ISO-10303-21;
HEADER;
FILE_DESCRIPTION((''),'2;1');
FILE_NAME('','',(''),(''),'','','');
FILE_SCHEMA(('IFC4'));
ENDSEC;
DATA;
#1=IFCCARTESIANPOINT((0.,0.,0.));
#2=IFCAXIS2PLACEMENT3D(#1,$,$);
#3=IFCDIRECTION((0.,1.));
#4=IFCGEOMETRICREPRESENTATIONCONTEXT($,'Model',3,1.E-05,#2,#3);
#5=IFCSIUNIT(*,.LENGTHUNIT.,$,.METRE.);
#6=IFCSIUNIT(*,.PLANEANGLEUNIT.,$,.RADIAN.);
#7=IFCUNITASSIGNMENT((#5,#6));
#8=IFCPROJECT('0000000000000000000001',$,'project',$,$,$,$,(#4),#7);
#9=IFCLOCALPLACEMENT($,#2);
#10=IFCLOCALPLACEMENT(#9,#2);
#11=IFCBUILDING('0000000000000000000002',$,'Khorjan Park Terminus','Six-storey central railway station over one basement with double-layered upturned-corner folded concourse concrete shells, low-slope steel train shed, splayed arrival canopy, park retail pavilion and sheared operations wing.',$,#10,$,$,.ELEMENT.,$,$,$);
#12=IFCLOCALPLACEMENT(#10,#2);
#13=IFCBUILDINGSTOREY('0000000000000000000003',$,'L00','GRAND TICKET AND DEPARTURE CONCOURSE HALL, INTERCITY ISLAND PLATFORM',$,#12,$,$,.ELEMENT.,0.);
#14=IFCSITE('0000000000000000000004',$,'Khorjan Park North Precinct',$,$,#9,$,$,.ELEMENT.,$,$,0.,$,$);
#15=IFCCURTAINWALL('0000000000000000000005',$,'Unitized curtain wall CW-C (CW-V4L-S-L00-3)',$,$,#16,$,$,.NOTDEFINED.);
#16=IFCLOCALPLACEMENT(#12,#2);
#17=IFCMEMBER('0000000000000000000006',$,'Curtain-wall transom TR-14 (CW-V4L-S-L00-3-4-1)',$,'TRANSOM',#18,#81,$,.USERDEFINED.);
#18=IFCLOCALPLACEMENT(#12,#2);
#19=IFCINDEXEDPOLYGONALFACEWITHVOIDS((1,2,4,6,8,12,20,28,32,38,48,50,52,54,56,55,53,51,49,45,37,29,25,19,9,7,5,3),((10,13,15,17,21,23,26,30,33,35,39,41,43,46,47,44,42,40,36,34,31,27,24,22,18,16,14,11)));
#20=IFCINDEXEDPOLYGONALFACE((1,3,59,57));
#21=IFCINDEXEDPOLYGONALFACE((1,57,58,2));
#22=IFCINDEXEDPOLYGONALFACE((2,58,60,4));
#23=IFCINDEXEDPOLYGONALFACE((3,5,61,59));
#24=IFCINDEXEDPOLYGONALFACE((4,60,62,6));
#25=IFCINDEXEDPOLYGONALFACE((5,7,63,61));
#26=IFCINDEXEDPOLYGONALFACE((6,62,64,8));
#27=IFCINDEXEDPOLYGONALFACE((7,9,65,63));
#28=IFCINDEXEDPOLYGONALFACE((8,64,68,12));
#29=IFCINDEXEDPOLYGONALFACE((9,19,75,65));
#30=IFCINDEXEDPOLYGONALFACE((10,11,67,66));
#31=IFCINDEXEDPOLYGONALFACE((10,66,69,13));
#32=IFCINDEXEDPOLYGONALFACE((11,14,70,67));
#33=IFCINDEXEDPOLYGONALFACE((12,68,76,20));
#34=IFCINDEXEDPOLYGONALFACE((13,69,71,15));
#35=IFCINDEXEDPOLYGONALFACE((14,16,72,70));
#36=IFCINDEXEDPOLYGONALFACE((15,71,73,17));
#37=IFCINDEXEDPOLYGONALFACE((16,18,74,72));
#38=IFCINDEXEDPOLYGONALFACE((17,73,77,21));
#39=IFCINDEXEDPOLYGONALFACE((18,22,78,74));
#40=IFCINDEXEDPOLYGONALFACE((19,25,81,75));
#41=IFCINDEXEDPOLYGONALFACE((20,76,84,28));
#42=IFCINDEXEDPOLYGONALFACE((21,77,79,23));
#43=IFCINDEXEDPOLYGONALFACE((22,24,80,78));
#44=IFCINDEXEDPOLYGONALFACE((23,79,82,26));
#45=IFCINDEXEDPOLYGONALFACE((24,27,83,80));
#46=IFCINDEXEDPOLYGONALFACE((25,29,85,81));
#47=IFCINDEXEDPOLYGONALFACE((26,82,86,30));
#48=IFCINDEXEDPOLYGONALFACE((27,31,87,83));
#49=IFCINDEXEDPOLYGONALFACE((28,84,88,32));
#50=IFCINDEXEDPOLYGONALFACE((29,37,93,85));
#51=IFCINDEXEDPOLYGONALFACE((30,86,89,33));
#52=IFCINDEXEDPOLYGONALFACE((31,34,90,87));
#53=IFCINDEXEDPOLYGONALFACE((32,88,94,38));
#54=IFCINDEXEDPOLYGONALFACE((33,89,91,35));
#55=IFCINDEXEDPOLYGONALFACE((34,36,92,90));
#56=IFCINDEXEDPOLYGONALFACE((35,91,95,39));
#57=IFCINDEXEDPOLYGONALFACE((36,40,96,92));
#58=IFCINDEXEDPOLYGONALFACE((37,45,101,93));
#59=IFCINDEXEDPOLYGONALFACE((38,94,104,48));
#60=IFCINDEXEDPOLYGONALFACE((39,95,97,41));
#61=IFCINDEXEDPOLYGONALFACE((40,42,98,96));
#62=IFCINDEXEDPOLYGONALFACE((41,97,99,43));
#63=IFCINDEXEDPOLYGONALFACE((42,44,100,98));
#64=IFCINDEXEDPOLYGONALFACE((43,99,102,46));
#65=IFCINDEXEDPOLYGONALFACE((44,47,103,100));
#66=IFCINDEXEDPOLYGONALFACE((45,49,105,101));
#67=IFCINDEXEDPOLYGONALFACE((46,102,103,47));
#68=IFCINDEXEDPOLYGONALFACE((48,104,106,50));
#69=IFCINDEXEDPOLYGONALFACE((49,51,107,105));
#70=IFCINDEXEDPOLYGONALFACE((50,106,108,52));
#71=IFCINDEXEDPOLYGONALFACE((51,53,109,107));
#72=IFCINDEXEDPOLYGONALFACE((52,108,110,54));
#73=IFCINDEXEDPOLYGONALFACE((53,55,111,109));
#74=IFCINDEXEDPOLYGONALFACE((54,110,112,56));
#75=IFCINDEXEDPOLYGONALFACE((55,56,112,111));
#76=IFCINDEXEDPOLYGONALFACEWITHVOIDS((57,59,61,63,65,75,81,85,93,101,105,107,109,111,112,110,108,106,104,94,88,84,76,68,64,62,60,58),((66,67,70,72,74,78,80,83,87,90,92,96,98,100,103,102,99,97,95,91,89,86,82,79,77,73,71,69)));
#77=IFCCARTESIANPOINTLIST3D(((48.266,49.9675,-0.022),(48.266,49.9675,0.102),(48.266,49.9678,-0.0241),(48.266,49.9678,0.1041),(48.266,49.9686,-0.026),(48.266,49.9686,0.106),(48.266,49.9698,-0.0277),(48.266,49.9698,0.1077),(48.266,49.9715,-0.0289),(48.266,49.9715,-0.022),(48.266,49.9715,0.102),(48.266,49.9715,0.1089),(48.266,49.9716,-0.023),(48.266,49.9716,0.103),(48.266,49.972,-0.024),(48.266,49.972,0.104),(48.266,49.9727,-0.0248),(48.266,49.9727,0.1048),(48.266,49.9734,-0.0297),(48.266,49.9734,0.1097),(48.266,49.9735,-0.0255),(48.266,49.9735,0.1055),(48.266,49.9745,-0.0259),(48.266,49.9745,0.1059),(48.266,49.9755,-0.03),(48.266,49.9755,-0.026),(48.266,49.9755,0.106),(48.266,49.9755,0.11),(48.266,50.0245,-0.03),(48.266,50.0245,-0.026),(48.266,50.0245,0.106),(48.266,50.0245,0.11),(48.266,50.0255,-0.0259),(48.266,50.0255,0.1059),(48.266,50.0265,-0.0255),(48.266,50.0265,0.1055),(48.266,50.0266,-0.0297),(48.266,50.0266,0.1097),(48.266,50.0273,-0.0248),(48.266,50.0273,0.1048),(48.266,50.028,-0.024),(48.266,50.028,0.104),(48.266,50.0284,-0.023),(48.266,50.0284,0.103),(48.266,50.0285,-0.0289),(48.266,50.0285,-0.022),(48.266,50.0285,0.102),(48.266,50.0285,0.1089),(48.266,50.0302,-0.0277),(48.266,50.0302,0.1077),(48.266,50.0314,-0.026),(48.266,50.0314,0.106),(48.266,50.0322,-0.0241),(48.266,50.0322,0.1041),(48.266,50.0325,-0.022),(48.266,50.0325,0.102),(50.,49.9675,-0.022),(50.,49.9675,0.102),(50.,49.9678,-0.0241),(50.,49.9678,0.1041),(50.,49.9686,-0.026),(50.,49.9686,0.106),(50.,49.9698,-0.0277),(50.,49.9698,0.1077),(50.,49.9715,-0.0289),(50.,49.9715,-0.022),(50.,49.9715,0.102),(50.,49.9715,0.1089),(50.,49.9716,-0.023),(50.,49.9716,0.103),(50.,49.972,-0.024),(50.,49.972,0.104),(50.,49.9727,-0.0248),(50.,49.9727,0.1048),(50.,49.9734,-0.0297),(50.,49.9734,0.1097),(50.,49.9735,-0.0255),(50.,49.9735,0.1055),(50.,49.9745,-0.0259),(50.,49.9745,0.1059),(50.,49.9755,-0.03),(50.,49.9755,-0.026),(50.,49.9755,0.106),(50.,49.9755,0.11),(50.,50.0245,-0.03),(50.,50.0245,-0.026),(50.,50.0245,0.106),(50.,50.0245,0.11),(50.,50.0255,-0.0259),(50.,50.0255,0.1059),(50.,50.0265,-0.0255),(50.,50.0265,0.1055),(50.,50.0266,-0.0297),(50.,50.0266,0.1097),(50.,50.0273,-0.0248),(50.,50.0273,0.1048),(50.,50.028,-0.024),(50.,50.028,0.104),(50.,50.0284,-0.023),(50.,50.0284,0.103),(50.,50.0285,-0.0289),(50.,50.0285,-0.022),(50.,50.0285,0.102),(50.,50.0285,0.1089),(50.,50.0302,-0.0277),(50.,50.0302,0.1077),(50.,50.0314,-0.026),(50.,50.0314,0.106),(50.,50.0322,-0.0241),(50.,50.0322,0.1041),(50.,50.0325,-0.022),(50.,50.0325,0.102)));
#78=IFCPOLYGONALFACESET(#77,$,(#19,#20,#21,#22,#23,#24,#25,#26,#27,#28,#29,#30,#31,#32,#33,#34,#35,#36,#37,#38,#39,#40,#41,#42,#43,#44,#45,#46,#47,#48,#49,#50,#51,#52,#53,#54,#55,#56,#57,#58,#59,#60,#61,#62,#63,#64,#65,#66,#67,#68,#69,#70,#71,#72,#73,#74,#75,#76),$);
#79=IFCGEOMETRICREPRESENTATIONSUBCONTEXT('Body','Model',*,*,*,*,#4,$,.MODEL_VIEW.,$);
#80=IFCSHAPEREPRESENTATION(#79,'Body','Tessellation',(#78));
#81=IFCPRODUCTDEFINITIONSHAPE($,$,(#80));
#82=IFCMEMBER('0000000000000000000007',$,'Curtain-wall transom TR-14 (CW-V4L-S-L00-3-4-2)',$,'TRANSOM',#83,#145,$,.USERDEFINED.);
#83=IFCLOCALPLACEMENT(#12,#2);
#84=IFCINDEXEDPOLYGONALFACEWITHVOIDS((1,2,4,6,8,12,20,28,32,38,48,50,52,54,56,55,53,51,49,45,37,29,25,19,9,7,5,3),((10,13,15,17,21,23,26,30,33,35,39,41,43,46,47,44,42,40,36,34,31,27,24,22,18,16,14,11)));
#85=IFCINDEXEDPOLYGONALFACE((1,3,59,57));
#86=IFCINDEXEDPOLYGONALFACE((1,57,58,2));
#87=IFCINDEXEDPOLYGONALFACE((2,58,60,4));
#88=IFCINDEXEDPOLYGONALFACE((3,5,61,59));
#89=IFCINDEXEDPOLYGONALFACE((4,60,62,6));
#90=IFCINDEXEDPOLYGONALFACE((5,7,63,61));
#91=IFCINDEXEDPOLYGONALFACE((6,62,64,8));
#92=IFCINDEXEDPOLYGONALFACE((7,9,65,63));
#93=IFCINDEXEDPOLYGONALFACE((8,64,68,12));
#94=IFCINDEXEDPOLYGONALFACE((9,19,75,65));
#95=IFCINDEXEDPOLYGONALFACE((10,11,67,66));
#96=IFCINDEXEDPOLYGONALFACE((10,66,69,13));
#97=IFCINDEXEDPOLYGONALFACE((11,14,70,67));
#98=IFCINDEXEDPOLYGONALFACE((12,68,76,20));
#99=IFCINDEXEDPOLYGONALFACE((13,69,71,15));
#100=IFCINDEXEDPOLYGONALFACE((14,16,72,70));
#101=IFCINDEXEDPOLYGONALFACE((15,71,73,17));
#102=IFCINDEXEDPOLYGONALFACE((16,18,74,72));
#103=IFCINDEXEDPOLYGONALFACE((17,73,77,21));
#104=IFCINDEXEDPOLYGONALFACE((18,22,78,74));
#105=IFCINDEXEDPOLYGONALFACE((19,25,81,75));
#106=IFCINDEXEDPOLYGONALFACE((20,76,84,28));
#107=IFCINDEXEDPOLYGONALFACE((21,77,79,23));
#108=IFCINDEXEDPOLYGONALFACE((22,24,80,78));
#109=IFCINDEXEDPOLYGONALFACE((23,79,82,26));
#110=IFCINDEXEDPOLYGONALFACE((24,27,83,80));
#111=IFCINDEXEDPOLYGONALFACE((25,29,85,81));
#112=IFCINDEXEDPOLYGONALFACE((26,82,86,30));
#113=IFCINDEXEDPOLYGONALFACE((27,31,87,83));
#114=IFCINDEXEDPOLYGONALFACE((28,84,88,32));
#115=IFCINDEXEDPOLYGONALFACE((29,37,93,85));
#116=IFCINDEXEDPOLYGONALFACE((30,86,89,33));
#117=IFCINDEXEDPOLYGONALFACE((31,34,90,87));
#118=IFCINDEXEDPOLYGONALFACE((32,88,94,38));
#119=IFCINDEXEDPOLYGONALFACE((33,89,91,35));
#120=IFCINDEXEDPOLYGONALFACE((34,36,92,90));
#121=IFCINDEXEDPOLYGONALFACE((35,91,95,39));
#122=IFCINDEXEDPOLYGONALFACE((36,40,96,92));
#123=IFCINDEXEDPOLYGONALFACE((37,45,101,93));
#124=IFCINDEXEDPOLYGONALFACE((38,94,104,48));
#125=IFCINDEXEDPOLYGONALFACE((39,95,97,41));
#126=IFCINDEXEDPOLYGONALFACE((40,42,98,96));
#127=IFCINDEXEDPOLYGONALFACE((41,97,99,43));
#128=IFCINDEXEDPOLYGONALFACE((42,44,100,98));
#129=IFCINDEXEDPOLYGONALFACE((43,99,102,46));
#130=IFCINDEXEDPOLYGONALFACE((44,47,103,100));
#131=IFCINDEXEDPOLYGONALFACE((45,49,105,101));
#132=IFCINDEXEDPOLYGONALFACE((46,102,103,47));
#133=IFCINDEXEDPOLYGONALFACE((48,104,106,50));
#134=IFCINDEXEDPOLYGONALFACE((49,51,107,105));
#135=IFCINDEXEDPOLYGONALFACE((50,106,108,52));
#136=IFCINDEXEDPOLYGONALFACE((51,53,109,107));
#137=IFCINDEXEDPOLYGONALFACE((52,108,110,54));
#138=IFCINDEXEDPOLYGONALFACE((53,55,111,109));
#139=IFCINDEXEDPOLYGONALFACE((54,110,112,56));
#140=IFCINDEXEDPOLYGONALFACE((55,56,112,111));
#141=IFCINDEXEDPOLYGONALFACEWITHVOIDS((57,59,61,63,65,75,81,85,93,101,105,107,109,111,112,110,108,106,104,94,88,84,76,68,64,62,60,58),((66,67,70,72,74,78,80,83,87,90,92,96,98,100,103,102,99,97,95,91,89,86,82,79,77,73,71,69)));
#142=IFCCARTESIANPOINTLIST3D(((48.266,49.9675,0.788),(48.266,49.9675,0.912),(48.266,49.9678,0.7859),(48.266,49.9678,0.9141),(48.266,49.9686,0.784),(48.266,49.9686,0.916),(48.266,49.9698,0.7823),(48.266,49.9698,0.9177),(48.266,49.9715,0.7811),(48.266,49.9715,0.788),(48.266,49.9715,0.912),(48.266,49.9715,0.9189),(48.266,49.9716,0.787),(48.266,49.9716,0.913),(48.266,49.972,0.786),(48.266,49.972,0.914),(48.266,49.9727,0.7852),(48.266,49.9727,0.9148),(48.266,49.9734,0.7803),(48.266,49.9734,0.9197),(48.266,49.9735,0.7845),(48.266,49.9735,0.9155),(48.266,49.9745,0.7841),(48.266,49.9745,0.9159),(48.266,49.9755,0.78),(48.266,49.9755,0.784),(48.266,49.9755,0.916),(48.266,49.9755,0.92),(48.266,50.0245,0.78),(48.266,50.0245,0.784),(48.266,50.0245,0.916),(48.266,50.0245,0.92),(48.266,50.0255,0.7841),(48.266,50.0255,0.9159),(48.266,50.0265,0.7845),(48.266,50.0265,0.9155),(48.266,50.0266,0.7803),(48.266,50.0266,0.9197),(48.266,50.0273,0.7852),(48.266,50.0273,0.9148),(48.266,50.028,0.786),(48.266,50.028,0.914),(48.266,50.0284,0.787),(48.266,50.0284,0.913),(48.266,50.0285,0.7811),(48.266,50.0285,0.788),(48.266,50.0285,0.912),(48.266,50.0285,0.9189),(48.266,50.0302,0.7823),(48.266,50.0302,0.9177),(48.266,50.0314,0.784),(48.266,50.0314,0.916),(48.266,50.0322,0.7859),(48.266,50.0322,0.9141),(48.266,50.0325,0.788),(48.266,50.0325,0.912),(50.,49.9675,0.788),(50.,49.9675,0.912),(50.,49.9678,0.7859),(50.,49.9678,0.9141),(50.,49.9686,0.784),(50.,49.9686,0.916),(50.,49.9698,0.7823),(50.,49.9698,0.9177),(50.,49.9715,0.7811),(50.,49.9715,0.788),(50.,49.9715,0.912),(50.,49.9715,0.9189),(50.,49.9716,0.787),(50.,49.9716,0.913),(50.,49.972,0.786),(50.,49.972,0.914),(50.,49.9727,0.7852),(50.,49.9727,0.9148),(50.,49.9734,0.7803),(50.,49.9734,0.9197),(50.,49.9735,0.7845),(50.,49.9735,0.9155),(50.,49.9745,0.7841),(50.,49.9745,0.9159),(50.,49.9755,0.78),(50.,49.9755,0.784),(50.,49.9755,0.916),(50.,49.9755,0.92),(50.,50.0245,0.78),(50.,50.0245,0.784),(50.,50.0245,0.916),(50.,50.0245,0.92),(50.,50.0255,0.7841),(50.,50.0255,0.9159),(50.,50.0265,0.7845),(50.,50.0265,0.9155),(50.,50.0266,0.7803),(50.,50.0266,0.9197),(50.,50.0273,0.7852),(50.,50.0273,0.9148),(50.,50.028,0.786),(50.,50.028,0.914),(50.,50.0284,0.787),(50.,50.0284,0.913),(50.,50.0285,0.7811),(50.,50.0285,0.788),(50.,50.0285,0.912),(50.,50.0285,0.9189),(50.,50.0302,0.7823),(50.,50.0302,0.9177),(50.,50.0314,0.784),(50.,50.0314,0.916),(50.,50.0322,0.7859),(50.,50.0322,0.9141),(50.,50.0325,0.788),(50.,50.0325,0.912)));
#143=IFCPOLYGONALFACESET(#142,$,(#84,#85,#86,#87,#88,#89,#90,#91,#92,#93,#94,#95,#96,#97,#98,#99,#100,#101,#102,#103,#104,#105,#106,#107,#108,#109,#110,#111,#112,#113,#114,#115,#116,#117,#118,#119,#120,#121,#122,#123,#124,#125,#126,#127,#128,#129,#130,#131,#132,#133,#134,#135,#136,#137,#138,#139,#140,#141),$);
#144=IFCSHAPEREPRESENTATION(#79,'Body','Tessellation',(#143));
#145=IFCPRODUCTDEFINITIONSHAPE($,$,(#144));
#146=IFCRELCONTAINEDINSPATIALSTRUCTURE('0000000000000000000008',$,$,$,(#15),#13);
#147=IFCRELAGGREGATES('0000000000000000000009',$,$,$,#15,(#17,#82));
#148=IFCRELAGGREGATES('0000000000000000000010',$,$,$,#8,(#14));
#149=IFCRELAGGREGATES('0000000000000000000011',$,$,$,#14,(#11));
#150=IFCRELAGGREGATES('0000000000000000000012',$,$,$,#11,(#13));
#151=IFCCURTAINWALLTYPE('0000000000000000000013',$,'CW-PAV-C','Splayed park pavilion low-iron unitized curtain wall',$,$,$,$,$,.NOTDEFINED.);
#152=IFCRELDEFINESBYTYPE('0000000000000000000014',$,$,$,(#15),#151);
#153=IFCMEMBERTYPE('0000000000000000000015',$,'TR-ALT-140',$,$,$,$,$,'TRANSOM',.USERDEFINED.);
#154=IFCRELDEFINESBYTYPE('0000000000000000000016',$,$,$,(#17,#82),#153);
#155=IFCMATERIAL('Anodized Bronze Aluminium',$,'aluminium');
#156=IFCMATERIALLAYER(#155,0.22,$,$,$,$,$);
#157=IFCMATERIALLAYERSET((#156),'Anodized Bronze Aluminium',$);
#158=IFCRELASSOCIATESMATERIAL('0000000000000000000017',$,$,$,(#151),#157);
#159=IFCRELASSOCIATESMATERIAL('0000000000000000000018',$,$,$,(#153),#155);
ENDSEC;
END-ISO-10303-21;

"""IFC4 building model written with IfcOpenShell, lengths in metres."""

from ifc_helpers import new_model, si_unit, direction, frame, origin, origin_2d, place, context, subcontext, project, spatial, hollow_rectangle, extrude, material, layer, layer_set, material_profile, profile_set, type_object, element, aggregate, save


model = new_model("IFC4")

# Units and contexts
model_context = context("Model", 3, precision=1e-05, world=origin(), true_north=direction((0.0, 1.0)))
body_context = subcontext(model_context, "Body", "Model", "MODEL_VIEW")
ifc_project = project(units=[si_unit("LENGTHUNIT", "METRE"), si_unit("PLANEANGLEUNIT", "RADIAN")], contexts=[model_context])

# Site, building, storey
site_placement = place(None, origin())
site = spatial("IfcSite", under=ifc_project, at=site_placement, Name="Khorjan Park North Precinct", CompositionType="ELEMENT", RefElevation=0.0)
building_placement = place(site_placement, origin())
building = spatial("IfcBuilding", under=site, at=building_placement, Name="Khorjan Park Terminus", Description="Six-storey central railway station over one basement with double-layered upturned-corner folded concourse concrete shells, low-slope steel train shed, splayed arrival canopy, park retail pavilion and sheared operations wing.", CompositionType="ELEMENT")
storey_placement = place(building_placement, origin())
storey = spatial("IfcBuildingStorey", under=building, at=storey_placement, Name="L00", Description="GRAND TICKET AND DEPARTURE CONCOURSE HALL, INTERCITY ISLAND PLATFORM", CompositionType="ELEMENT", Elevation=0.0)

# Curtain wall, members
ifc_material_1 = material(Name="Anodized Bronze Aluminium", Category="aluminium")
ifc_layer_1 = layer(ifc_material_1, 0.22)
ifc_layer_set_1 = layer_set([ifc_layer_1], Name="Anodized Bronze Aluminium")
curtain_wall_type = type_object("IfcCurtainWallType", Name="CW-PAV-C", Description="Splayed park pavilion low-iron unitized curtain wall", PredefinedType="NOTDEFINED", material=ifc_layer_set_1)
curtain_wall_placement = place(storey_placement, origin())
curtain_wall = element("IfcCurtainWall", 1, at=curtain_wall_placement, inside=storey, type_object=curtain_wall_type, Name="Unitized curtain wall CW-C (CW-V4L-S-L00-3)", PredefinedType="NOTDEFINED")
ifc_material_profile_1 = material_profile(ifc_material_1, hollow_rectangle(XDim=0.065, YDim=0.14, WallThickness=0.004, InnerFilletRadius=0.004, OuterFilletRadius=0.008, at=origin_2d()), Name="ALT 65x140x4")
ifc_profile_set_1 = profile_set([ifc_material_profile_1], Name="Anodized Bronze Aluminium")
member_type_1 = type_object("IfcMemberType", Name="TR-ALT-140", ElementType="TRANSOM", PredefinedType="USERDEFINED", material=ifc_profile_set_1)
member_1_placement = place(storey_placement, frame((48.266, 50.0, 0.04), z_axis=(1.0, 0.0, 0.0), x_axis=(0.0, 1.0, 0.0)))
member_1 = element("IfcMember", 2, at=member_1_placement, type_object=member_type_1, Name="Curtain-wall transom TR-14 (CW-V4L-S-L00-3-4-1)", ObjectType="TRANSOM", PredefinedType="USERDEFINED", context=body_context, shape_type="SweptSolid", body=[
    extrude(hollow_rectangle(XDim=0.065, YDim=0.14, WallThickness=0.004, InnerFilletRadius=0.004, OuterFilletRadius=0.008, at=origin_2d()), origin(), (0.0, 0.0, 1.0), 1.734),
])
member_2_placement = place(storey_placement, frame((48.266, 50.0, 0.85), z_axis=(1.0, 0.0, 0.0), x_axis=(0.0, 1.0, 0.0)))
member_2 = element("IfcMember", 3, at=member_2_placement, type_object=member_type_1, Name="Curtain-wall transom TR-14 (CW-V4L-S-L00-3-4-2)", ObjectType="TRANSOM", PredefinedType="USERDEFINED", context=body_context, shape_type="SweptSolid", body=[
    extrude(hollow_rectangle(XDim=0.065, YDim=0.14, WallThickness=0.004, InnerFilletRadius=0.004, OuterFilletRadius=0.008, at=origin_2d()), origin(), (0.0, 0.0, 1.0), 1.734),
])
aggregate(curtain_wall, [member_1, member_2])

save(model, "model.ifc")
